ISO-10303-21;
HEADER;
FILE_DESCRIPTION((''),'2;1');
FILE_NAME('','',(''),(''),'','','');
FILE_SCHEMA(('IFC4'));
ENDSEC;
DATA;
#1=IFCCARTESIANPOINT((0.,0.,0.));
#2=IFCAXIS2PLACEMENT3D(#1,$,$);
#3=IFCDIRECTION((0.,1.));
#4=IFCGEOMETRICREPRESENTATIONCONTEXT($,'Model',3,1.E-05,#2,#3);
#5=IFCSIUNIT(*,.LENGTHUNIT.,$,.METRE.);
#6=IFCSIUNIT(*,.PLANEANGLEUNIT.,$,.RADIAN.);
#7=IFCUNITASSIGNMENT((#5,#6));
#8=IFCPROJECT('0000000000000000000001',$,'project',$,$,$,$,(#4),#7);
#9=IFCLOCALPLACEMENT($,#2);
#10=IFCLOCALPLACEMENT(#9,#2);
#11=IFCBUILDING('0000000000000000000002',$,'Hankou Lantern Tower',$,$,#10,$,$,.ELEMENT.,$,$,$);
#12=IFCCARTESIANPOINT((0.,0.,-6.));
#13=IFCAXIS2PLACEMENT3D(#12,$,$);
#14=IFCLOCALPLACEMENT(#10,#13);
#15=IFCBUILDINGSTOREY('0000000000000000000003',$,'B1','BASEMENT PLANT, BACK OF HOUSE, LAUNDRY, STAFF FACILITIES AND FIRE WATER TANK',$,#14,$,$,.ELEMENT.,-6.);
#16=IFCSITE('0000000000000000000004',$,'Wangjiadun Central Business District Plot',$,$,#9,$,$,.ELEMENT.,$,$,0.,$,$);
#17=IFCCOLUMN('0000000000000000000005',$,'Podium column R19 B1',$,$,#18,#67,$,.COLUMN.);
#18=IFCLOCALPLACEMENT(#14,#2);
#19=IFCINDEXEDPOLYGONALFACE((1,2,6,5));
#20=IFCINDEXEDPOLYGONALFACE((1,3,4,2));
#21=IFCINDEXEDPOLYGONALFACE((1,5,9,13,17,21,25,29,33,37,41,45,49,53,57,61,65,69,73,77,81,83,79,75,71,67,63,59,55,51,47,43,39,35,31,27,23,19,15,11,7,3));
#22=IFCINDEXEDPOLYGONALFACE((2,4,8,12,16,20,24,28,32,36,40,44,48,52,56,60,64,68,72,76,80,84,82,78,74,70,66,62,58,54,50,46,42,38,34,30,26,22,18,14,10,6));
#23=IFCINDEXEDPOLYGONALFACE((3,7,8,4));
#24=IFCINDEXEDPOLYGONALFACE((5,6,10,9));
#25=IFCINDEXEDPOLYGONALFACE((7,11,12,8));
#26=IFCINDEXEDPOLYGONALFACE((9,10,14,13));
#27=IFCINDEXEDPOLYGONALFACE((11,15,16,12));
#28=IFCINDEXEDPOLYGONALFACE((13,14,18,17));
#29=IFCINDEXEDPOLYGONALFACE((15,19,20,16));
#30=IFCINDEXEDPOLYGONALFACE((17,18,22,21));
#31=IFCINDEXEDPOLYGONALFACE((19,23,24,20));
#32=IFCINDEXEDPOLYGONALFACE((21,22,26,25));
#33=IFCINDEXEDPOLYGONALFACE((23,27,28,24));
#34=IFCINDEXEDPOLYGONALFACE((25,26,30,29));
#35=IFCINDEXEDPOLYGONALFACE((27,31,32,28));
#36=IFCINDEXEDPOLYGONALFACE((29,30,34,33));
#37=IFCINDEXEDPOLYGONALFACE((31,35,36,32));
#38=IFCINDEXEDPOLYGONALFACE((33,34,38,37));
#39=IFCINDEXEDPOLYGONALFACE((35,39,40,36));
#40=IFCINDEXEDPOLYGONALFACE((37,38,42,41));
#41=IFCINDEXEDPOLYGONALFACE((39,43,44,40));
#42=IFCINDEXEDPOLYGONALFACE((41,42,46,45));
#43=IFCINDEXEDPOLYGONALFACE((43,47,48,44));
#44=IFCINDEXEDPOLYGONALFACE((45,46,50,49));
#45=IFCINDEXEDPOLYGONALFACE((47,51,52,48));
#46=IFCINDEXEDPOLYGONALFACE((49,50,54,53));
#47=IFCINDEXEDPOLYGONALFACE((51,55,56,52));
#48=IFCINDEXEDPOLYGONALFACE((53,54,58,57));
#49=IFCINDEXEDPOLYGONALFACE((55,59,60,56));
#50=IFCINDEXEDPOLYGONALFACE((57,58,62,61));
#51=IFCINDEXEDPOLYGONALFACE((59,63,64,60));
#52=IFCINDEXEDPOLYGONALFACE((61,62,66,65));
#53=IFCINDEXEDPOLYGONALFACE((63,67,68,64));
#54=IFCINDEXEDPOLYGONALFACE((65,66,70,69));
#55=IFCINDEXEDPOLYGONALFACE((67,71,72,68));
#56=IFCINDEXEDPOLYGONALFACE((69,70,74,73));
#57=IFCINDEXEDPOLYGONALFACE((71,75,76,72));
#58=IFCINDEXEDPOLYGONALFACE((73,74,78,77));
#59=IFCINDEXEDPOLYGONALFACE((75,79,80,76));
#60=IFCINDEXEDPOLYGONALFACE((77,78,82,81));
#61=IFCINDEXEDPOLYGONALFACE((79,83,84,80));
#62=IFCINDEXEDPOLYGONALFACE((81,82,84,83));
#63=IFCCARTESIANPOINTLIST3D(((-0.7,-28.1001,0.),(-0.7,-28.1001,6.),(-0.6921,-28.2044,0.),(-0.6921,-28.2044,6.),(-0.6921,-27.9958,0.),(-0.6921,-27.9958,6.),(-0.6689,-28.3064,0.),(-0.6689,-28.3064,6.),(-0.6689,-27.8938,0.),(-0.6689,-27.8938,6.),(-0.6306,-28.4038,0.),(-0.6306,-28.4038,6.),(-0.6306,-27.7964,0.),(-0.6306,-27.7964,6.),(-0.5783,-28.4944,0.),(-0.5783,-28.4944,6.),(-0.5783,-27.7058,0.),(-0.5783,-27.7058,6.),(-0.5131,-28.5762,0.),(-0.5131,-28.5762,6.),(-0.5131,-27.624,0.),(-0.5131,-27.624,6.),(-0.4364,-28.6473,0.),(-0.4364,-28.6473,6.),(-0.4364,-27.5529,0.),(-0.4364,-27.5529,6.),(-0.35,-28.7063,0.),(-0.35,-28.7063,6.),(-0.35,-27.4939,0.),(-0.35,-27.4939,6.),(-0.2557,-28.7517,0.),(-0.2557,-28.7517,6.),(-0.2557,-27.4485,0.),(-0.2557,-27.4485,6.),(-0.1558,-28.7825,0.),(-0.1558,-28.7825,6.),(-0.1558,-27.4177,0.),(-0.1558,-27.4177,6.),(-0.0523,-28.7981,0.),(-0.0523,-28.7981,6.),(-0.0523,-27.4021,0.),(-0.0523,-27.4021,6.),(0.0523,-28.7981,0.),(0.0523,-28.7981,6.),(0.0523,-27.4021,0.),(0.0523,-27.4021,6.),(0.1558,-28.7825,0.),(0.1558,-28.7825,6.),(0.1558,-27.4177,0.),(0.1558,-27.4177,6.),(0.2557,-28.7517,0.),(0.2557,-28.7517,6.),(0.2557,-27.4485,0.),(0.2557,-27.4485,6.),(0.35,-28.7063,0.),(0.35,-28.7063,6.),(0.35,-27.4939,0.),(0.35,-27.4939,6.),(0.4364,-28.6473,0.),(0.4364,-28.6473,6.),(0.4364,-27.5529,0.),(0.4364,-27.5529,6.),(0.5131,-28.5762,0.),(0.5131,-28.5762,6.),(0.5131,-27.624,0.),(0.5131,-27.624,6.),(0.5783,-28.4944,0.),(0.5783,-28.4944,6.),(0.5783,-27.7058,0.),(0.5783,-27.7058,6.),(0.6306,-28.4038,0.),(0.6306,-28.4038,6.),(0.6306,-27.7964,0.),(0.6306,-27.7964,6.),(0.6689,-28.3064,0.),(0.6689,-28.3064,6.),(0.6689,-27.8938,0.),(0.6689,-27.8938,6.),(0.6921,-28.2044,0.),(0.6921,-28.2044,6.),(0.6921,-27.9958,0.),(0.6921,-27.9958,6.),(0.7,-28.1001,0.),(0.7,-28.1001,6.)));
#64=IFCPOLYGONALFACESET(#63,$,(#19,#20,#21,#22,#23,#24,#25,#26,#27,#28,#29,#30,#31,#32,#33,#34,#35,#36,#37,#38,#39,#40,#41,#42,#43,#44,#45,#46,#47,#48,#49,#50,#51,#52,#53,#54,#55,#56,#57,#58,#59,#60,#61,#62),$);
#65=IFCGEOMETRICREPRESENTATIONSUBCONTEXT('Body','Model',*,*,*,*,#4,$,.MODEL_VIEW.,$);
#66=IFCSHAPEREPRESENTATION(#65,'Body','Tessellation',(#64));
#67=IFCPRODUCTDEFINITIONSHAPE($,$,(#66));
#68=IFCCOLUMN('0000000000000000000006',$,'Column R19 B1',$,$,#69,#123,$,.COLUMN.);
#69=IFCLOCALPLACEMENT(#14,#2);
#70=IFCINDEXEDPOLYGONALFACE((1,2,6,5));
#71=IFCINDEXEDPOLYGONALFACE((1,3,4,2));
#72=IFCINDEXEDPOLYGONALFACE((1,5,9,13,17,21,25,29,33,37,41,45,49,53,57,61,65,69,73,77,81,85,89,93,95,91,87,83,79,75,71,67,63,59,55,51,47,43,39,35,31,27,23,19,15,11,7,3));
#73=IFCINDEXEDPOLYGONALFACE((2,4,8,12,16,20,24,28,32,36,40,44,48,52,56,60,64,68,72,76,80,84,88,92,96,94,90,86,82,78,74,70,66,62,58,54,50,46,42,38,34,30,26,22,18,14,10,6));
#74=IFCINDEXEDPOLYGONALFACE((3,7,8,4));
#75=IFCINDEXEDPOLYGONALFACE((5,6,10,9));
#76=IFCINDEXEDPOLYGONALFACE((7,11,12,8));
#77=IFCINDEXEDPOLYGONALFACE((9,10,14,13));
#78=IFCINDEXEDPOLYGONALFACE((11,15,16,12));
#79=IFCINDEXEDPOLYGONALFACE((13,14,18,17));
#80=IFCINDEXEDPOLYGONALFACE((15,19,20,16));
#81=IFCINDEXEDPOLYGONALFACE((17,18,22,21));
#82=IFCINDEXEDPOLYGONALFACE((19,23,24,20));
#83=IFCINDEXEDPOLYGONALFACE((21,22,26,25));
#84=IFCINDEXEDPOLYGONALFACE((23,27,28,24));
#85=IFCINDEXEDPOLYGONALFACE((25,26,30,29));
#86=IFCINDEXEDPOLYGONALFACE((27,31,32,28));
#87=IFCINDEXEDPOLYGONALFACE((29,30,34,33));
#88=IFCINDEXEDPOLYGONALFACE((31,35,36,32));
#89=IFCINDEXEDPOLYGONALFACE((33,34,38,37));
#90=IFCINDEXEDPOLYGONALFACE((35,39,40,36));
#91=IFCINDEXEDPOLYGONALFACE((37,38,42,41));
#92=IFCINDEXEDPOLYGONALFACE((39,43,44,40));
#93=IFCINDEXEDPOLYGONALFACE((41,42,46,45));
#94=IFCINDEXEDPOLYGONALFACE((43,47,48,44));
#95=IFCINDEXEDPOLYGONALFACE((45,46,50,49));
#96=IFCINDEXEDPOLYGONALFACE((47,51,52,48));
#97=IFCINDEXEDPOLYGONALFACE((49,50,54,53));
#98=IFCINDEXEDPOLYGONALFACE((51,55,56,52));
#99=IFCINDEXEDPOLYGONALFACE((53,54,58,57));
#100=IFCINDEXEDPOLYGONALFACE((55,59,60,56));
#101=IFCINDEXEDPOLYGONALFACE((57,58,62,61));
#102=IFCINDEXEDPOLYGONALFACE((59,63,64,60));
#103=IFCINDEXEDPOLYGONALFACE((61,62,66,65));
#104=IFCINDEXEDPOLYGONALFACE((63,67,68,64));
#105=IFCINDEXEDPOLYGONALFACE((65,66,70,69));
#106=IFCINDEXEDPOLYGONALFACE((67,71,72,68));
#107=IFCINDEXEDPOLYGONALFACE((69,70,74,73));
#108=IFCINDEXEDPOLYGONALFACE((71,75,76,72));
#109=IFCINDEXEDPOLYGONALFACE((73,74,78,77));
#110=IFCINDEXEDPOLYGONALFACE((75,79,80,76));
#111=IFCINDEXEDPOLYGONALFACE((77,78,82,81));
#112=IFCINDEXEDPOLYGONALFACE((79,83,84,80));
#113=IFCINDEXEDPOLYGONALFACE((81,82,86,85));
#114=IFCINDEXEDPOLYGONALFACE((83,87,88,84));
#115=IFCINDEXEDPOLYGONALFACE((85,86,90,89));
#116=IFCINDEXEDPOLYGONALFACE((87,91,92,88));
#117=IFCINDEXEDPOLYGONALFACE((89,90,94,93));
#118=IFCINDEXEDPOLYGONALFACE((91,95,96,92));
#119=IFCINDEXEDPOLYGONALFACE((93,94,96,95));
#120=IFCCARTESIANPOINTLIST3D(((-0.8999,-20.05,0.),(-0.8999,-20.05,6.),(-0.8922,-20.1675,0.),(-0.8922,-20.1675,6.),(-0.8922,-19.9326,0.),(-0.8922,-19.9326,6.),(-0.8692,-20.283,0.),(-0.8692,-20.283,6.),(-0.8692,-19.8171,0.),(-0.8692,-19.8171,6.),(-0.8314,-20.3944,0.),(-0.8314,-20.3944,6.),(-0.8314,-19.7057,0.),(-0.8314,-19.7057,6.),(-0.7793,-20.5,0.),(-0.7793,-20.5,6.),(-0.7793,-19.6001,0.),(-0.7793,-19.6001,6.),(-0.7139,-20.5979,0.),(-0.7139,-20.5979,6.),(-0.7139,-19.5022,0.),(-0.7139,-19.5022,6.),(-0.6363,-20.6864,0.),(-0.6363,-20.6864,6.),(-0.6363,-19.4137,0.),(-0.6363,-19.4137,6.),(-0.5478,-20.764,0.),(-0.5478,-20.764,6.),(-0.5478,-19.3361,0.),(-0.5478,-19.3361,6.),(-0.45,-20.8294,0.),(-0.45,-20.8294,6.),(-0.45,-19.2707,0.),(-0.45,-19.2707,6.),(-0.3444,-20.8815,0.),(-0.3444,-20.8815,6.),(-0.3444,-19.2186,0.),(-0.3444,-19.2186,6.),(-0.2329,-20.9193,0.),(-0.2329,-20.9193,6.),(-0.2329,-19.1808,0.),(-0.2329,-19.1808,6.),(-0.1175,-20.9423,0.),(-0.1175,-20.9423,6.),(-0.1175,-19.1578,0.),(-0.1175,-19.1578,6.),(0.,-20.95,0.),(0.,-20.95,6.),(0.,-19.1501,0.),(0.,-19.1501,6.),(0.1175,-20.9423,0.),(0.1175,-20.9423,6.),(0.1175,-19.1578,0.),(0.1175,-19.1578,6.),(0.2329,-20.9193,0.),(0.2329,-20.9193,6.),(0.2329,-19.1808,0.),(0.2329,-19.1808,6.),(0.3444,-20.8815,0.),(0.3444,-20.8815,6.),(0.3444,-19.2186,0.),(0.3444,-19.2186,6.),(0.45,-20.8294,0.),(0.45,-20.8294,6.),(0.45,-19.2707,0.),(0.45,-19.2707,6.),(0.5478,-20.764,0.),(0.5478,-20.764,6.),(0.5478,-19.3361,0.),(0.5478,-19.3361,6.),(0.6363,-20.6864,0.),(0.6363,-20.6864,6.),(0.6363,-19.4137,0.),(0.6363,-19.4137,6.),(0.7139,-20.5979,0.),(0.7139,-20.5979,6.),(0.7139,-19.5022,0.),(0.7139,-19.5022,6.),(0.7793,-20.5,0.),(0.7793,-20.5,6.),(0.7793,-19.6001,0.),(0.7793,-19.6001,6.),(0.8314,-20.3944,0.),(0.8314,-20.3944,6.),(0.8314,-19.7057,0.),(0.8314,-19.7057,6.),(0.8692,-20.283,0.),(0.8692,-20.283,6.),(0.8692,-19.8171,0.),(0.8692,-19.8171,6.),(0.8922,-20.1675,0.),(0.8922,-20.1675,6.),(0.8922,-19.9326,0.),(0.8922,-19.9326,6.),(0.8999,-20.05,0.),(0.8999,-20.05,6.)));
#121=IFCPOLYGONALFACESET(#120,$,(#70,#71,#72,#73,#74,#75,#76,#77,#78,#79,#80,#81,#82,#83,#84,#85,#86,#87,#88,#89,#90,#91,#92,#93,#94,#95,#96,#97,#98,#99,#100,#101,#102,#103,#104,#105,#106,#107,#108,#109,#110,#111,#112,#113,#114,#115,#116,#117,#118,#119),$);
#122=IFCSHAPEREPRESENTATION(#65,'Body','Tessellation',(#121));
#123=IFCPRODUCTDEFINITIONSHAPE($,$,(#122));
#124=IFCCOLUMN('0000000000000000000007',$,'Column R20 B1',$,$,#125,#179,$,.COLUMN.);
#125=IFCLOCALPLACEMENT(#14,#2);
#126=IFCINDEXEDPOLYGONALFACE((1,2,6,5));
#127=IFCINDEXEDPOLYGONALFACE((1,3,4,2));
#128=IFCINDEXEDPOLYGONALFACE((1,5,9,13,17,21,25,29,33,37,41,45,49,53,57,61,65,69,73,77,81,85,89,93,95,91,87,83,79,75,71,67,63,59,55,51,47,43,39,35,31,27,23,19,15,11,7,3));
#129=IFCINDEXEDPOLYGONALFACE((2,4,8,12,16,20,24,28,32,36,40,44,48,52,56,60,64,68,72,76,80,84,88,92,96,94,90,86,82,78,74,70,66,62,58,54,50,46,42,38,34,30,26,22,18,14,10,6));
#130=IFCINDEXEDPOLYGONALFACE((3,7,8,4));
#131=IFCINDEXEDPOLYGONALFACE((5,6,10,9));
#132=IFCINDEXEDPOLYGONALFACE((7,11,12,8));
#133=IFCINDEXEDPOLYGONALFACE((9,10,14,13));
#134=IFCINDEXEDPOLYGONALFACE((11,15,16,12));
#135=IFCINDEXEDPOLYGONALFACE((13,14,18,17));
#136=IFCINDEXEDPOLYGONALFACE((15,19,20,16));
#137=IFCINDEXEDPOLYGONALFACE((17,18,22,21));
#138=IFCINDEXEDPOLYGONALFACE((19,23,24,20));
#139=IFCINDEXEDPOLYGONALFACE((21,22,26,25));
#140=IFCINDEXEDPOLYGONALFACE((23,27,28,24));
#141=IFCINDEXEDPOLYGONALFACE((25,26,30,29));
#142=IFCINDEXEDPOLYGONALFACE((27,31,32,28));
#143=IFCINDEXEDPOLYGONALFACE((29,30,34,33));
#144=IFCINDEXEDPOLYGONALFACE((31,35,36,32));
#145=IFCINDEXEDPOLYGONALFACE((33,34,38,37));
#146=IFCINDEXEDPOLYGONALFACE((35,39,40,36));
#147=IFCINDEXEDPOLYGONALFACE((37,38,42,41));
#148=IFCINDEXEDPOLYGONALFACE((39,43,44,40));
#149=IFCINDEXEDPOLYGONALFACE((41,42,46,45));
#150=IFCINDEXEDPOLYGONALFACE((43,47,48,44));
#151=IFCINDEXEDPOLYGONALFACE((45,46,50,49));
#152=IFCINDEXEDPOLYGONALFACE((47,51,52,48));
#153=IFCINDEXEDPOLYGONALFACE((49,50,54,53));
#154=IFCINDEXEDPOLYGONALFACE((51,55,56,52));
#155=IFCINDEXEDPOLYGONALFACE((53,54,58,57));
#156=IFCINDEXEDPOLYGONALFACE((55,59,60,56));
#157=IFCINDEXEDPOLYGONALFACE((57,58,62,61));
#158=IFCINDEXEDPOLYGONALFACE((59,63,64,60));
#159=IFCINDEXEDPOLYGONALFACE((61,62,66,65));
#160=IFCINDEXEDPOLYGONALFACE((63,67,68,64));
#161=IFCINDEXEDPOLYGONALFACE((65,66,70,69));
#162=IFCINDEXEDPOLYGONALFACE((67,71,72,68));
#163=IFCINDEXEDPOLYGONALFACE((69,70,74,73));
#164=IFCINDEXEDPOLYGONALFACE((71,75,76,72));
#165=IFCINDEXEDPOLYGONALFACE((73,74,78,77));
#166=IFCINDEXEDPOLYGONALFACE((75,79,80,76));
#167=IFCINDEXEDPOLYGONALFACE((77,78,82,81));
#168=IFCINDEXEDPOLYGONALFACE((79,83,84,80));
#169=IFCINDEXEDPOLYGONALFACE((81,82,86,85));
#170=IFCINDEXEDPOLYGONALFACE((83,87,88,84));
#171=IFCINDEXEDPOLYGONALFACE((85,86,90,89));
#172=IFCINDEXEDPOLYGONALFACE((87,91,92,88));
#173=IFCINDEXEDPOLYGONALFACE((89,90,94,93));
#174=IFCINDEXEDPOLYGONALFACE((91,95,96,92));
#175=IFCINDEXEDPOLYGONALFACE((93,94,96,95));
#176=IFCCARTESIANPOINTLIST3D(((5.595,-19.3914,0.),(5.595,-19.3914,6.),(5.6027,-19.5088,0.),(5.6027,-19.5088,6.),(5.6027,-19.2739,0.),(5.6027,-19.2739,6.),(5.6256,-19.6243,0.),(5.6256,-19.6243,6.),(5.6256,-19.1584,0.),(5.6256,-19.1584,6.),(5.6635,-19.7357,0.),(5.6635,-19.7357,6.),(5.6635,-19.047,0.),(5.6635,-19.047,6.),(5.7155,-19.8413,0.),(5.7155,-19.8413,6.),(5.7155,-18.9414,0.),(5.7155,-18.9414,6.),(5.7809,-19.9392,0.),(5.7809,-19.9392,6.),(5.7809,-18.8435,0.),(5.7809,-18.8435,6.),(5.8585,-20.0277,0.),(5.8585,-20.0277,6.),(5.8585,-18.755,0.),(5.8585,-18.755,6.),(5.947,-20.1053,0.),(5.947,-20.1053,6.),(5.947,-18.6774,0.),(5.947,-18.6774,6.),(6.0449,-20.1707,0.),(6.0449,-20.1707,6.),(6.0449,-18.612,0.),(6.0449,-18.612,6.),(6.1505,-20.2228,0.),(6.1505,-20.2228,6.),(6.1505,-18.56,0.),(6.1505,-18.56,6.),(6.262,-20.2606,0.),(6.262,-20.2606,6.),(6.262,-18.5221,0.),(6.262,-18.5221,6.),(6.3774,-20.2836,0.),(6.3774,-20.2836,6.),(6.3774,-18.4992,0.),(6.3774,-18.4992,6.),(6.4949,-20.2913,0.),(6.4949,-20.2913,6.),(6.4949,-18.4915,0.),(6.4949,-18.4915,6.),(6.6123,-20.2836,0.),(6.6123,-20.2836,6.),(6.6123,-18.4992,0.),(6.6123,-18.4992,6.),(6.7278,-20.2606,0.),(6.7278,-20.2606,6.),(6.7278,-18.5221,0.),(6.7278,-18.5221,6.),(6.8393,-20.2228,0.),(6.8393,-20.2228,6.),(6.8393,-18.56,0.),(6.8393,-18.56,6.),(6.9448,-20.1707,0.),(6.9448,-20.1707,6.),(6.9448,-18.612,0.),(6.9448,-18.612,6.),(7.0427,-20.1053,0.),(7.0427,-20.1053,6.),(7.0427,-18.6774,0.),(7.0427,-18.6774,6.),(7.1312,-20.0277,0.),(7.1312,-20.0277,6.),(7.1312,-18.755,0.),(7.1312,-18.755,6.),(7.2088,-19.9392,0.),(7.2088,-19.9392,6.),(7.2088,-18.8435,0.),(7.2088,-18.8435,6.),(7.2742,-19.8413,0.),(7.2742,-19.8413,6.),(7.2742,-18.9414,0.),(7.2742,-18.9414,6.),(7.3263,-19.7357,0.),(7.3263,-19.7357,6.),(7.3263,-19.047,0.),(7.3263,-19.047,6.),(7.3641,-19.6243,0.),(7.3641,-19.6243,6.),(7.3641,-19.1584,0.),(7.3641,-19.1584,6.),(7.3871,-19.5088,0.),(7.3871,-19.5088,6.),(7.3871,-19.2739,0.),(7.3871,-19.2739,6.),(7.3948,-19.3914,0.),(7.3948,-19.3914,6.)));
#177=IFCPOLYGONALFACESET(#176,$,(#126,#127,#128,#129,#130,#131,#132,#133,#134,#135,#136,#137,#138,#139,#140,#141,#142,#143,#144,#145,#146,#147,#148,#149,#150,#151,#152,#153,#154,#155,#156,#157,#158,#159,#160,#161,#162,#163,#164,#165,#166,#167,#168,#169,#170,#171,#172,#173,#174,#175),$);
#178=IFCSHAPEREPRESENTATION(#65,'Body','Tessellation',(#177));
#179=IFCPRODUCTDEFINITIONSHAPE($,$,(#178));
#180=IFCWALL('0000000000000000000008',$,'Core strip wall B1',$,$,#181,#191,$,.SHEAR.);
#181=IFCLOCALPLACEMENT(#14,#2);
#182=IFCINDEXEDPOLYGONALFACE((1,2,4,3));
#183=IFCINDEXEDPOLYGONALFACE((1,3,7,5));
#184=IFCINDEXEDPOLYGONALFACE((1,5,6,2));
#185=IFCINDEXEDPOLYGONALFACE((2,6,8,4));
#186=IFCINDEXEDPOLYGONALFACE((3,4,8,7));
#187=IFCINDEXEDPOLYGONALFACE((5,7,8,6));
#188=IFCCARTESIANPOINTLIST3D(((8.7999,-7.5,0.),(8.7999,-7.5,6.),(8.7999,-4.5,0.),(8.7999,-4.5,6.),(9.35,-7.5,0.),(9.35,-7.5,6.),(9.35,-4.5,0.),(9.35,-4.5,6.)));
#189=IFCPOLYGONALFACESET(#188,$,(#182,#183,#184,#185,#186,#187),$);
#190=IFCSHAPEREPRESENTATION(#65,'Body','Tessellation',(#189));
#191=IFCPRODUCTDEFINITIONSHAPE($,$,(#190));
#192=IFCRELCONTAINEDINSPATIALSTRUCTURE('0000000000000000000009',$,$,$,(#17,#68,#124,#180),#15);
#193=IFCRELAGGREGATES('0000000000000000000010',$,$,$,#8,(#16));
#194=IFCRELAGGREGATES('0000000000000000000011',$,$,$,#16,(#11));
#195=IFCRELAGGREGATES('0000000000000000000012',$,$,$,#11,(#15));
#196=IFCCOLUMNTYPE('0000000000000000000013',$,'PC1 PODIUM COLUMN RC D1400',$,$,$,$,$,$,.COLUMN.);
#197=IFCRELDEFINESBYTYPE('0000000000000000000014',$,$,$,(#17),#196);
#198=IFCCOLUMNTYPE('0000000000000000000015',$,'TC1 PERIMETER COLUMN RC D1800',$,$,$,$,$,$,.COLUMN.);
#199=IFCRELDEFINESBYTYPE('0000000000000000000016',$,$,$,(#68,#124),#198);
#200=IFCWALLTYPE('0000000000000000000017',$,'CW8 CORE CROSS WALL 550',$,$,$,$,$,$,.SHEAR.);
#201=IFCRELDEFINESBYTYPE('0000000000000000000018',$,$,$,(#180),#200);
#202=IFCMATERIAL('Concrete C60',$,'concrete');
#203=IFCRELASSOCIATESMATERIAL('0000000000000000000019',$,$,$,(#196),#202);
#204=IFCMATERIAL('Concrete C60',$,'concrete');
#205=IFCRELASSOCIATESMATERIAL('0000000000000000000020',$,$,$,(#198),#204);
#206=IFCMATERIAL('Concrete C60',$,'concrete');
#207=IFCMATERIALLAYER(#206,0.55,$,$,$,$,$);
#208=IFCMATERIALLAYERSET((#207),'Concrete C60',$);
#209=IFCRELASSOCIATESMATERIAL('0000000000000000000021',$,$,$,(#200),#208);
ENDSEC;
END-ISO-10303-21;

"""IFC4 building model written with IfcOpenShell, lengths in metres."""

from ifc_helpers import new_model, si_unit, direction, frame, frame_2d, origin, origin_2d, place, context, subcontext, project, spatial, rectangle, circle, extrude, material, layer, layer_set, material_profile, profile_set, type_object, element, save


model = new_model("IFC4")

# Units and contexts
model_context = context("Model", 3, precision=1e-05, world=origin(), true_north=direction((0.0, 1.0)))
body_context = subcontext(model_context, "Body", "Model", "MODEL_VIEW")
ifc_project = project(units=[si_unit("LENGTHUNIT", "METRE"), si_unit("PLANEANGLEUNIT", "RADIAN")], contexts=[model_context])

# Site, building, storey
site_placement = place(None, origin())
site = spatial("IfcSite", under=ifc_project, at=site_placement, Name="Wangjiadun Central Business District Plot", CompositionType="ELEMENT", RefElevation=0.0)
building_placement = place(site_placement, origin())
building = spatial("IfcBuilding", under=site, at=building_placement, Name="Hankou Lantern Tower", CompositionType="ELEMENT")
storey_placement = place(building_placement, frame((0.0, 0.0, -6.0)))
storey = spatial("IfcBuildingStorey", under=building, at=storey_placement, Name="B1", Description="BASEMENT PLANT, BACK OF HOUSE, LAUNDRY, STAFF FACILITIES AND FIRE WATER TANK", CompositionType="ELEMENT", Elevation=-6.0)

# Columns
ifc_material_1 = material(Name="Concrete C60", Category="concrete")
ifc_material_profile_1 = material_profile(ifc_material_1, circle(Radius=0.7, at=origin_2d()), Name="RC D1400")
ifc_profile_set_1 = profile_set([ifc_material_profile_1], Name="Concrete C60")
column_type_1 = type_object("IfcColumnType", Name="PC1 PODIUM COLUMN RC D1400", PredefinedType="COLUMN", material=ifc_profile_set_1)
column_placement = place(storey_placement, frame((0.0, -28.1001, 0.0), z_axis=(0.0, 0.0, 1.0), x_axis=(1.0, 0.0, 0.0)))
element("IfcColumn", 1, at=column_placement, inside=storey, type_object=column_type_1, Name="Podium column R19 B1", PredefinedType="COLUMN", context=body_context, shape_type="SweptSolid", body=[
    extrude(circle(Radius=0.7, at=origin_2d()), origin(), (0.0, 0.0, 1.0), 6.0),
])
ifc_material_2 = material(Name="Concrete C60", Category="concrete")
ifc_material_profile_2 = material_profile(ifc_material_2, circle(Radius=0.8999, at=origin_2d()), Name="RC D1800")
ifc_profile_set_2 = profile_set([ifc_material_profile_2], Name="Concrete C60")
column_type_2 = type_object("IfcColumnType", Name="TC1 PERIMETER COLUMN RC D1800", PredefinedType="COLUMN", material=ifc_profile_set_2)
for number, where, z_axis, x_axis, name in (
    (2, (0.0, -20.05, 0.0), (0.0, 0.0, 1.0), (1.0, 0.0, 0.0), "Column R19 B1"),
    (3, (6.4949, -19.3914, 0.0), (0.0, 0.0, 1.0), (1.0, 0.0, 0.0), "Column R20 B1"),
):
    element("IfcColumn", number, at=place(storey_placement, frame(where, z_axis=z_axis, x_axis=x_axis)), inside=storey, type_object=column_type_2, Name=name, PredefinedType="COLUMN", context=body_context, shape_type="SweptSolid", body=[
        extrude(circle(Radius=0.8999, at=origin_2d()), origin(), (0.0, 0.0, 1.0), 6.0),
    ])

# Wall
ifc_material_3 = material(Name="Concrete C60", Category="concrete")
ifc_layer_1 = layer(ifc_material_3, 0.55)
ifc_layer_set_1 = layer_set([ifc_layer_1], Name="Concrete C60")
wall_type_1 = type_object("IfcWallType", Name="CW8 CORE CROSS WALL 550", PredefinedType="SHEAR", material=ifc_layer_set_1)
wall_1_placement = place(storey_placement, frame((9.075, -7.5, 0.0), z_axis=(0.0, 0.0, 1.0), x_axis=(0.0, 1.0, 0.0)))
element("IfcWall", 4, at=wall_1_placement, inside=storey, type_object=wall_type_1, Name="Core strip wall B1", PredefinedType="SHEAR", context=body_context, shape_type="SweptSolid", body=[
    extrude(rectangle(XDim=3.0, YDim=0.55, at=frame_2d((1.5, 0.0))), origin(), (0.0, 0.0, 1.0), 6.0),
])

save(model, "model.ifc")
